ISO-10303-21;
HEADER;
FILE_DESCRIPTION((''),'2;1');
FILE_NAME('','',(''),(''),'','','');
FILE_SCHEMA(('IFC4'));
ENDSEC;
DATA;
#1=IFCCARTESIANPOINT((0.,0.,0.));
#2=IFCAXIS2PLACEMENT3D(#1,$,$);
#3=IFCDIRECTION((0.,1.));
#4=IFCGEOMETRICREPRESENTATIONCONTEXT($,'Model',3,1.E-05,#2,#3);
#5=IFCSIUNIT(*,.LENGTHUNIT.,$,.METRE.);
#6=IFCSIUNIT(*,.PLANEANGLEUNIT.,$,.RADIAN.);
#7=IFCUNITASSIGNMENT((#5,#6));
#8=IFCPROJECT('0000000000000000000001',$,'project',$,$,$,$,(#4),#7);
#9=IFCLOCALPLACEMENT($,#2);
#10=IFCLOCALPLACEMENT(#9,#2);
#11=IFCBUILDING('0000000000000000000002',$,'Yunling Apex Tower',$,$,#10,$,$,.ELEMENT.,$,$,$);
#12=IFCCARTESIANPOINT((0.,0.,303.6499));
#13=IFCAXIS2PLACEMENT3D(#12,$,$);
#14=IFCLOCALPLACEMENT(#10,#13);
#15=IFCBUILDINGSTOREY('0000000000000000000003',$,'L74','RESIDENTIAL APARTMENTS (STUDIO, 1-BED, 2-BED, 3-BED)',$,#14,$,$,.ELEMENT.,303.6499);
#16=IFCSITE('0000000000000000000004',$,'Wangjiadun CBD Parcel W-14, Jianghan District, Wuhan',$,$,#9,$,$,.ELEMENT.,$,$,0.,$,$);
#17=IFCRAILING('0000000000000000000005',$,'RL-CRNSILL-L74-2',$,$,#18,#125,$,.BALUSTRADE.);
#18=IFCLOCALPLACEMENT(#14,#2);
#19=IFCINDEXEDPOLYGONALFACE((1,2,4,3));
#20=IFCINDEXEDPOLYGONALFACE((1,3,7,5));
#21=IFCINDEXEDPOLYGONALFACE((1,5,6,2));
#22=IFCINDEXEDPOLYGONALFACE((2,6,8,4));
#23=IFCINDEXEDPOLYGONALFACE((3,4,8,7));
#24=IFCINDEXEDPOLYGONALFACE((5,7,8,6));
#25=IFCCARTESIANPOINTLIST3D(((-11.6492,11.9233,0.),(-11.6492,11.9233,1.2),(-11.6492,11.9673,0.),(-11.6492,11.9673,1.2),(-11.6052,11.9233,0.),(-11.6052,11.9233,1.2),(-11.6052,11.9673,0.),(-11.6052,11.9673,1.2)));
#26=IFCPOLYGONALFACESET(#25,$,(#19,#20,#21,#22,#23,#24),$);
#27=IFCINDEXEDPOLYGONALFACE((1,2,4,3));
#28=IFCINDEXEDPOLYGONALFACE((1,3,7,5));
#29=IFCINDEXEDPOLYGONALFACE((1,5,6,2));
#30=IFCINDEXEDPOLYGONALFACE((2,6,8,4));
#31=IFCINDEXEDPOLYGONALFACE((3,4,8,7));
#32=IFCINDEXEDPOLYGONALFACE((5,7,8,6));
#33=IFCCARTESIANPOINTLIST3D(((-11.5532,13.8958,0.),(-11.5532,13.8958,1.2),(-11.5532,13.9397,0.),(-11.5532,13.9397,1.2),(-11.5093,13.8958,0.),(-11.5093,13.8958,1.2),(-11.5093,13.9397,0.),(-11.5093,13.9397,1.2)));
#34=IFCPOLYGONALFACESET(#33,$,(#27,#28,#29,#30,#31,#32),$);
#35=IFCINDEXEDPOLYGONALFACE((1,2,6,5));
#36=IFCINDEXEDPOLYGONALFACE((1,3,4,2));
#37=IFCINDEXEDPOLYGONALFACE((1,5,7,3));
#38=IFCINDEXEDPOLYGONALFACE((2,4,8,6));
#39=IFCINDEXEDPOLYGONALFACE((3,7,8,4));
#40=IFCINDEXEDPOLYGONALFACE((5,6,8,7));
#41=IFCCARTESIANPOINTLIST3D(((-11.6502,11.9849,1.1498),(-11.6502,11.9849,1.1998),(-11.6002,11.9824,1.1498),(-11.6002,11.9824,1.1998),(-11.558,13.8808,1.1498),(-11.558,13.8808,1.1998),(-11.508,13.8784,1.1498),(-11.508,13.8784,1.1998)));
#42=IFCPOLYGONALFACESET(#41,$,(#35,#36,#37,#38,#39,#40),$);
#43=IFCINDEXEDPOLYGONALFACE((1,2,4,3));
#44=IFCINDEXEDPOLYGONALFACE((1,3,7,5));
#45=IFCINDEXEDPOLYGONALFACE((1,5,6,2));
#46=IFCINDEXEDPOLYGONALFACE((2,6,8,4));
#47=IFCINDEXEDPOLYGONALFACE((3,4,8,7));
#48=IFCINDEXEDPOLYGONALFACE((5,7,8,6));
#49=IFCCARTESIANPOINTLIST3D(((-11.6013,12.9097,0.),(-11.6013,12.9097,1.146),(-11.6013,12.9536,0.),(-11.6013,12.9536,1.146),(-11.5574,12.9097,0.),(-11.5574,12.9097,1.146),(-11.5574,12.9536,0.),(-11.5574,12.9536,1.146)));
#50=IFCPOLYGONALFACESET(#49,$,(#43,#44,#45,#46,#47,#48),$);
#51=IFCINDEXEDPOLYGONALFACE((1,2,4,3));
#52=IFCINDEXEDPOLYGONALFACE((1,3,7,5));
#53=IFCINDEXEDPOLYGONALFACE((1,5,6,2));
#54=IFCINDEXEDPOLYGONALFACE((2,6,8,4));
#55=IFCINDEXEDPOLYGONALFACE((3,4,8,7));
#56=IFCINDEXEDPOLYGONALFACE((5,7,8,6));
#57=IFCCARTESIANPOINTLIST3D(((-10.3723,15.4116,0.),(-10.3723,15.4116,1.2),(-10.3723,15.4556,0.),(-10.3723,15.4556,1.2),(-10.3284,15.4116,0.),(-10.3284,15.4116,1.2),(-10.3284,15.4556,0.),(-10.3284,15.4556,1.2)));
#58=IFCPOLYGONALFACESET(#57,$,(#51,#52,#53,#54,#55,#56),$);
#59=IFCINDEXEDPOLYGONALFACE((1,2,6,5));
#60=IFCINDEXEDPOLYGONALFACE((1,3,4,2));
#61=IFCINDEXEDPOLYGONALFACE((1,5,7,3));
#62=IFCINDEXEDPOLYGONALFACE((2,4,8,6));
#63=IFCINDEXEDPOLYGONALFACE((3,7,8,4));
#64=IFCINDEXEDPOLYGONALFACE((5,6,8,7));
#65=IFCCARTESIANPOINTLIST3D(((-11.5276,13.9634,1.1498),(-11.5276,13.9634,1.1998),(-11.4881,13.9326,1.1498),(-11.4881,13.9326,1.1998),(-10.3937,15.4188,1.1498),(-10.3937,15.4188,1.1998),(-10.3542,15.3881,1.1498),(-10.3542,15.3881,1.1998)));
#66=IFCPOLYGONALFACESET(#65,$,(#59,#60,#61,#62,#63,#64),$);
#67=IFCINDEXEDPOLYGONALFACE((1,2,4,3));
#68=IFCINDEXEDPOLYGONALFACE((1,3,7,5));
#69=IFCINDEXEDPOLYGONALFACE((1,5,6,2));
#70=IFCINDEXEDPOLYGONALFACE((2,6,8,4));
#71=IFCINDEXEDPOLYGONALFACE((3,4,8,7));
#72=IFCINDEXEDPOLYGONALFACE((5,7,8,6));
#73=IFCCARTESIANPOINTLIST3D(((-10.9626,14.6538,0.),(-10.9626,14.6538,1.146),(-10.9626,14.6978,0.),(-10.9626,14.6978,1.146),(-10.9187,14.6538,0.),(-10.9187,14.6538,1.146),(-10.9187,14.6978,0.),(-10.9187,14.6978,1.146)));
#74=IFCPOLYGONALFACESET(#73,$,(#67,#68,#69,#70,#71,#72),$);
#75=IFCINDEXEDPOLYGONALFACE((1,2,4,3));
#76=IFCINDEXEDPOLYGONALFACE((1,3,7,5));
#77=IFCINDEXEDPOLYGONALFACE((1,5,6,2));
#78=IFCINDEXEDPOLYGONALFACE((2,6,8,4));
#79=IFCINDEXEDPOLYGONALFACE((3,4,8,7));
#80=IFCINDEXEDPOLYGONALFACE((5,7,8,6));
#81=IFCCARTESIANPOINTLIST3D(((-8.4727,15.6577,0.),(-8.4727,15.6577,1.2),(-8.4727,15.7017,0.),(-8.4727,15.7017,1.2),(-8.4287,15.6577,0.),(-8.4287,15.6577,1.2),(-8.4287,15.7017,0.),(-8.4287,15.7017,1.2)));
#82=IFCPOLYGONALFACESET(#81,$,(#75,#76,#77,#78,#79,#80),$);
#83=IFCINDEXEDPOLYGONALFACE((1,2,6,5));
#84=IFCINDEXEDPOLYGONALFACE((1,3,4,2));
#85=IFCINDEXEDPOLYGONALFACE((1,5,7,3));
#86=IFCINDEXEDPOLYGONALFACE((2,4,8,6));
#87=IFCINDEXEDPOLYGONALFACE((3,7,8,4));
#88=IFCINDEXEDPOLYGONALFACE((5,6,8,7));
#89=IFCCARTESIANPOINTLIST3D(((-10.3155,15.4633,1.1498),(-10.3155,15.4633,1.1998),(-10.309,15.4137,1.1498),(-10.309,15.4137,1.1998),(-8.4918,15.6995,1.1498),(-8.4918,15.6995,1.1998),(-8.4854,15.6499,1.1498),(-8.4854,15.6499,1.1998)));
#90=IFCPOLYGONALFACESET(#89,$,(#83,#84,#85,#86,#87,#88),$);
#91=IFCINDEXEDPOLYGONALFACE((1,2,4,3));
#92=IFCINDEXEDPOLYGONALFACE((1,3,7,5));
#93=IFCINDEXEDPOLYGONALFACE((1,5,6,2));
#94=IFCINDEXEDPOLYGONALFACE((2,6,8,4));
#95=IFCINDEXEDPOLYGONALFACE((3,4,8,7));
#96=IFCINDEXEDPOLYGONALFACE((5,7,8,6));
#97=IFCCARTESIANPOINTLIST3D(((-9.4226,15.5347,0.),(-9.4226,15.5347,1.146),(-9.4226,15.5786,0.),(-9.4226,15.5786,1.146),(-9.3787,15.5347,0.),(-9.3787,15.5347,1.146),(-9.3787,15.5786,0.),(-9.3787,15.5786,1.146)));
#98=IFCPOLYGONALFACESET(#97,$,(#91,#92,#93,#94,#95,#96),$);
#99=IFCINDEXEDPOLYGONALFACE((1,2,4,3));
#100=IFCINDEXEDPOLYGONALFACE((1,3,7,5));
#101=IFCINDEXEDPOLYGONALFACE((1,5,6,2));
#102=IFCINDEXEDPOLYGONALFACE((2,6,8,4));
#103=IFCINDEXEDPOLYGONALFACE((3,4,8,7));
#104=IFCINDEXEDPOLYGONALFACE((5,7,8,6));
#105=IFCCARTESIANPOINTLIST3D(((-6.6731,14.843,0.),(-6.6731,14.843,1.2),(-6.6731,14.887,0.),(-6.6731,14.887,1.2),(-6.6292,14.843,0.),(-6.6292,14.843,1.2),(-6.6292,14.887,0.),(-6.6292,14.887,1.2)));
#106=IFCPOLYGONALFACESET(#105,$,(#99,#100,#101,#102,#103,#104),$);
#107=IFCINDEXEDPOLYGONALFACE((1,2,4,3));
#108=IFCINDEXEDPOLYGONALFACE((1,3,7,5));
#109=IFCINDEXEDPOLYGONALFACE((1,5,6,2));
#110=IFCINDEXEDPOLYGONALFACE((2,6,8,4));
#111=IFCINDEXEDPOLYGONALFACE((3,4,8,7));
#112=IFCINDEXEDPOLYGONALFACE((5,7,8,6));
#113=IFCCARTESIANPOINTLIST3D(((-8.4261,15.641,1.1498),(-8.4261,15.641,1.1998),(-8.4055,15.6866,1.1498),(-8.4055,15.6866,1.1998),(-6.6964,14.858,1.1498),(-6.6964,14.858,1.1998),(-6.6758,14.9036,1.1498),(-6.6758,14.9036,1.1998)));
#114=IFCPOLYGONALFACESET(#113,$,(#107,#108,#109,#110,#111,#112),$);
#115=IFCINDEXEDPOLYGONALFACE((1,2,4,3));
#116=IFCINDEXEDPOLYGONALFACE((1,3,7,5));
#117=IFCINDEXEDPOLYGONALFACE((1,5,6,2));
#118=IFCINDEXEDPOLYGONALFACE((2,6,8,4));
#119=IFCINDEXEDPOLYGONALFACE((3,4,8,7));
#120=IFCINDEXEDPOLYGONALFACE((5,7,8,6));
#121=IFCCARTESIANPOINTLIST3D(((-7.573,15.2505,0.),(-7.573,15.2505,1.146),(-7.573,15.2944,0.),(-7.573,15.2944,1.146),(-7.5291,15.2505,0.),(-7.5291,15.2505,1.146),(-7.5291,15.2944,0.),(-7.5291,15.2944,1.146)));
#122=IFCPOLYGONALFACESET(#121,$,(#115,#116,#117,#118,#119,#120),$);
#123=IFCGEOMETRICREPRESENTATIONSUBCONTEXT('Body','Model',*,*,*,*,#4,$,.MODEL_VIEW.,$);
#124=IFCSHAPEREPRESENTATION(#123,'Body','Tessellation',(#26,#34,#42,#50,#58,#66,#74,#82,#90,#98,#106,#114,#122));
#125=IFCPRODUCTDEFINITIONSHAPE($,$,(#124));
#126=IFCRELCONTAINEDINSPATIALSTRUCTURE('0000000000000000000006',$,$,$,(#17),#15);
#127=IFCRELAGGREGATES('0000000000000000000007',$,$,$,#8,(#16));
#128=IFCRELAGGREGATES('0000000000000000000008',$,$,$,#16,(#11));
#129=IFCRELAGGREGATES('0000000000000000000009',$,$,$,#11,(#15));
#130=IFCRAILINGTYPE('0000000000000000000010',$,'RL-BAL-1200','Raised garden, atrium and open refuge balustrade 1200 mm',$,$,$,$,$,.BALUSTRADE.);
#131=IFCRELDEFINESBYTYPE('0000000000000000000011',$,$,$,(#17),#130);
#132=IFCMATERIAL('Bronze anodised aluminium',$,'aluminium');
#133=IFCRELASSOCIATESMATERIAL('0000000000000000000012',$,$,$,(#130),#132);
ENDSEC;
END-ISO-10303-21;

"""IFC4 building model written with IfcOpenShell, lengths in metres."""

from ifc_helpers import new_model, si_unit, direction, frame, origin, origin_2d, place, context, subcontext, project, spatial, rectangle, extrude, material, type_object, element, save


model = new_model("IFC4")

# Units and contexts
model_context = context("Model", 3, precision=1e-05, world=origin(), true_north=direction((0.0, 1.0)))
body_context = subcontext(model_context, "Body", "Model", "MODEL_VIEW")
ifc_project = project(units=[si_unit("LENGTHUNIT", "METRE"), si_unit("PLANEANGLEUNIT", "RADIAN")], contexts=[model_context])

# Site, building, storey
site_placement = place(None, origin())
site = spatial("IfcSite", under=ifc_project, at=site_placement, Name="Wangjiadun CBD Parcel W-14, Jianghan District, Wuhan", CompositionType="ELEMENT", RefElevation=0.0)
building_placement = place(site_placement, origin())
building = spatial("IfcBuilding", under=site, at=building_placement, Name="Yunling Apex Tower", CompositionType="ELEMENT")
storey_placement = place(building_placement, frame((0.0, 0.0, 303.6499)))
storey = spatial("IfcBuildingStorey", under=building, at=storey_placement, Name="L74", Description="RESIDENTIAL APARTMENTS (STUDIO, 1-BED, 2-BED, 3-BED)", CompositionType="ELEMENT", Elevation=303.6499)

# Shared definitions
ifc_material_1 = material(Name="Bronze anodised aluminium", Category="aluminium")

# Railing
railing_type = type_object("IfcRailingType", Name="RL-BAL-1200", Description="Raised garden, atrium and open refuge balustrade 1200 mm", PredefinedType="BALUSTRADE", material=ifc_material_1)
railing_placement = place(storey_placement, frame((-11.6272, 11.9453, 0.0)))
element("IfcRailing", 1, at=railing_placement, inside=storey, type_object=railing_type, Name="RL-CRNSILL-L74-2", PredefinedType="BALUSTRADE", context=body_context, shape_type="SweptSolid", body=[
    extrude(rectangle(XDim=0.0439, YDim=0.0439, at=origin_2d()), origin(), (0.0, 0.0, 1.0), 1.2),
    extrude(rectangle(XDim=0.0439, YDim=0.0439, at=origin_2d()), frame((0.0959, 1.9724, 0.0)), (0.0, 0.0, 1.0), 1.2),
    extrude(rectangle(XDim=0.05, YDim=0.05, at=origin_2d()), frame((0.002, 0.0383, 1.1748), z_axis=(0.048587, 0.998819, 0.0), x_axis=(-0.998819, 0.048587, 0.0)), (0.0, 0.0, 1.0), 1.8982),
    extrude(rectangle(XDim=0.0439, YDim=0.0439, at=origin_2d()), frame((0.0479, 0.9863, 0.0)), (0.0, 0.0, 1.0), 1.146),
    extrude(rectangle(XDim=0.0439, YDim=0.0439, at=origin_2d()), frame((1.2769, 3.4883, 0.0)), (0.0, 0.0, 1.0), 1.2),
    extrude(rectangle(XDim=0.05, YDim=0.05, at=origin_2d()), frame((0.1194, 2.0027, 1.1748), z_axis=(0.614556, 0.788873, 0.0), x_axis=(-0.788873, 0.614556, 0.0)), (0.0, 0.0, 1.0), 1.845),
    extrude(rectangle(XDim=0.0439, YDim=0.0439, at=origin_2d()), frame((0.6865, 2.7305, 0.0)), (0.0, 0.0, 1.0), 1.146),
    extrude(rectangle(XDim=0.0439, YDim=0.0439, at=origin_2d()), frame((3.1765, 3.7344, 0.0)), (0.0, 0.0, 1.0), 1.2),
    extrude(rectangle(XDim=0.05, YDim=0.05, at=origin_2d()), frame((1.3149, 3.4932, 1.1748), z_axis=(0.991713, 0.128473, 0.0), x_axis=(-0.128473, 0.991713, 0.0)), (0.0, 0.0, 1.0), 1.8389),
    extrude(rectangle(XDim=0.0439, YDim=0.0439, at=origin_2d()), frame((2.2266, 3.6113, 0.0)), (0.0, 0.0, 1.0), 1.146),
    extrude(rectangle(XDim=0.0439, YDim=0.0439, at=origin_2d()), frame((4.9761, 2.9197, 0.0)), (0.0, 0.0, 1.0), 1.2),
    extrude(rectangle(XDim=0.05, YDim=0.05, at=origin_2d()), frame((3.2114, 3.7185, 1.1748), z_axis=(0.910992, -0.412424, 0.0), x_axis=(0.412424, 0.910992, 0.0)), (0.0, 0.0, 1.0), 1.8987),
    extrude(rectangle(XDim=0.0439, YDim=0.0439, at=origin_2d()), frame((4.0762, 3.3271, 0.0)), (0.0, 0.0, 1.0), 1.146),
])

save(model, "model.ifc")
